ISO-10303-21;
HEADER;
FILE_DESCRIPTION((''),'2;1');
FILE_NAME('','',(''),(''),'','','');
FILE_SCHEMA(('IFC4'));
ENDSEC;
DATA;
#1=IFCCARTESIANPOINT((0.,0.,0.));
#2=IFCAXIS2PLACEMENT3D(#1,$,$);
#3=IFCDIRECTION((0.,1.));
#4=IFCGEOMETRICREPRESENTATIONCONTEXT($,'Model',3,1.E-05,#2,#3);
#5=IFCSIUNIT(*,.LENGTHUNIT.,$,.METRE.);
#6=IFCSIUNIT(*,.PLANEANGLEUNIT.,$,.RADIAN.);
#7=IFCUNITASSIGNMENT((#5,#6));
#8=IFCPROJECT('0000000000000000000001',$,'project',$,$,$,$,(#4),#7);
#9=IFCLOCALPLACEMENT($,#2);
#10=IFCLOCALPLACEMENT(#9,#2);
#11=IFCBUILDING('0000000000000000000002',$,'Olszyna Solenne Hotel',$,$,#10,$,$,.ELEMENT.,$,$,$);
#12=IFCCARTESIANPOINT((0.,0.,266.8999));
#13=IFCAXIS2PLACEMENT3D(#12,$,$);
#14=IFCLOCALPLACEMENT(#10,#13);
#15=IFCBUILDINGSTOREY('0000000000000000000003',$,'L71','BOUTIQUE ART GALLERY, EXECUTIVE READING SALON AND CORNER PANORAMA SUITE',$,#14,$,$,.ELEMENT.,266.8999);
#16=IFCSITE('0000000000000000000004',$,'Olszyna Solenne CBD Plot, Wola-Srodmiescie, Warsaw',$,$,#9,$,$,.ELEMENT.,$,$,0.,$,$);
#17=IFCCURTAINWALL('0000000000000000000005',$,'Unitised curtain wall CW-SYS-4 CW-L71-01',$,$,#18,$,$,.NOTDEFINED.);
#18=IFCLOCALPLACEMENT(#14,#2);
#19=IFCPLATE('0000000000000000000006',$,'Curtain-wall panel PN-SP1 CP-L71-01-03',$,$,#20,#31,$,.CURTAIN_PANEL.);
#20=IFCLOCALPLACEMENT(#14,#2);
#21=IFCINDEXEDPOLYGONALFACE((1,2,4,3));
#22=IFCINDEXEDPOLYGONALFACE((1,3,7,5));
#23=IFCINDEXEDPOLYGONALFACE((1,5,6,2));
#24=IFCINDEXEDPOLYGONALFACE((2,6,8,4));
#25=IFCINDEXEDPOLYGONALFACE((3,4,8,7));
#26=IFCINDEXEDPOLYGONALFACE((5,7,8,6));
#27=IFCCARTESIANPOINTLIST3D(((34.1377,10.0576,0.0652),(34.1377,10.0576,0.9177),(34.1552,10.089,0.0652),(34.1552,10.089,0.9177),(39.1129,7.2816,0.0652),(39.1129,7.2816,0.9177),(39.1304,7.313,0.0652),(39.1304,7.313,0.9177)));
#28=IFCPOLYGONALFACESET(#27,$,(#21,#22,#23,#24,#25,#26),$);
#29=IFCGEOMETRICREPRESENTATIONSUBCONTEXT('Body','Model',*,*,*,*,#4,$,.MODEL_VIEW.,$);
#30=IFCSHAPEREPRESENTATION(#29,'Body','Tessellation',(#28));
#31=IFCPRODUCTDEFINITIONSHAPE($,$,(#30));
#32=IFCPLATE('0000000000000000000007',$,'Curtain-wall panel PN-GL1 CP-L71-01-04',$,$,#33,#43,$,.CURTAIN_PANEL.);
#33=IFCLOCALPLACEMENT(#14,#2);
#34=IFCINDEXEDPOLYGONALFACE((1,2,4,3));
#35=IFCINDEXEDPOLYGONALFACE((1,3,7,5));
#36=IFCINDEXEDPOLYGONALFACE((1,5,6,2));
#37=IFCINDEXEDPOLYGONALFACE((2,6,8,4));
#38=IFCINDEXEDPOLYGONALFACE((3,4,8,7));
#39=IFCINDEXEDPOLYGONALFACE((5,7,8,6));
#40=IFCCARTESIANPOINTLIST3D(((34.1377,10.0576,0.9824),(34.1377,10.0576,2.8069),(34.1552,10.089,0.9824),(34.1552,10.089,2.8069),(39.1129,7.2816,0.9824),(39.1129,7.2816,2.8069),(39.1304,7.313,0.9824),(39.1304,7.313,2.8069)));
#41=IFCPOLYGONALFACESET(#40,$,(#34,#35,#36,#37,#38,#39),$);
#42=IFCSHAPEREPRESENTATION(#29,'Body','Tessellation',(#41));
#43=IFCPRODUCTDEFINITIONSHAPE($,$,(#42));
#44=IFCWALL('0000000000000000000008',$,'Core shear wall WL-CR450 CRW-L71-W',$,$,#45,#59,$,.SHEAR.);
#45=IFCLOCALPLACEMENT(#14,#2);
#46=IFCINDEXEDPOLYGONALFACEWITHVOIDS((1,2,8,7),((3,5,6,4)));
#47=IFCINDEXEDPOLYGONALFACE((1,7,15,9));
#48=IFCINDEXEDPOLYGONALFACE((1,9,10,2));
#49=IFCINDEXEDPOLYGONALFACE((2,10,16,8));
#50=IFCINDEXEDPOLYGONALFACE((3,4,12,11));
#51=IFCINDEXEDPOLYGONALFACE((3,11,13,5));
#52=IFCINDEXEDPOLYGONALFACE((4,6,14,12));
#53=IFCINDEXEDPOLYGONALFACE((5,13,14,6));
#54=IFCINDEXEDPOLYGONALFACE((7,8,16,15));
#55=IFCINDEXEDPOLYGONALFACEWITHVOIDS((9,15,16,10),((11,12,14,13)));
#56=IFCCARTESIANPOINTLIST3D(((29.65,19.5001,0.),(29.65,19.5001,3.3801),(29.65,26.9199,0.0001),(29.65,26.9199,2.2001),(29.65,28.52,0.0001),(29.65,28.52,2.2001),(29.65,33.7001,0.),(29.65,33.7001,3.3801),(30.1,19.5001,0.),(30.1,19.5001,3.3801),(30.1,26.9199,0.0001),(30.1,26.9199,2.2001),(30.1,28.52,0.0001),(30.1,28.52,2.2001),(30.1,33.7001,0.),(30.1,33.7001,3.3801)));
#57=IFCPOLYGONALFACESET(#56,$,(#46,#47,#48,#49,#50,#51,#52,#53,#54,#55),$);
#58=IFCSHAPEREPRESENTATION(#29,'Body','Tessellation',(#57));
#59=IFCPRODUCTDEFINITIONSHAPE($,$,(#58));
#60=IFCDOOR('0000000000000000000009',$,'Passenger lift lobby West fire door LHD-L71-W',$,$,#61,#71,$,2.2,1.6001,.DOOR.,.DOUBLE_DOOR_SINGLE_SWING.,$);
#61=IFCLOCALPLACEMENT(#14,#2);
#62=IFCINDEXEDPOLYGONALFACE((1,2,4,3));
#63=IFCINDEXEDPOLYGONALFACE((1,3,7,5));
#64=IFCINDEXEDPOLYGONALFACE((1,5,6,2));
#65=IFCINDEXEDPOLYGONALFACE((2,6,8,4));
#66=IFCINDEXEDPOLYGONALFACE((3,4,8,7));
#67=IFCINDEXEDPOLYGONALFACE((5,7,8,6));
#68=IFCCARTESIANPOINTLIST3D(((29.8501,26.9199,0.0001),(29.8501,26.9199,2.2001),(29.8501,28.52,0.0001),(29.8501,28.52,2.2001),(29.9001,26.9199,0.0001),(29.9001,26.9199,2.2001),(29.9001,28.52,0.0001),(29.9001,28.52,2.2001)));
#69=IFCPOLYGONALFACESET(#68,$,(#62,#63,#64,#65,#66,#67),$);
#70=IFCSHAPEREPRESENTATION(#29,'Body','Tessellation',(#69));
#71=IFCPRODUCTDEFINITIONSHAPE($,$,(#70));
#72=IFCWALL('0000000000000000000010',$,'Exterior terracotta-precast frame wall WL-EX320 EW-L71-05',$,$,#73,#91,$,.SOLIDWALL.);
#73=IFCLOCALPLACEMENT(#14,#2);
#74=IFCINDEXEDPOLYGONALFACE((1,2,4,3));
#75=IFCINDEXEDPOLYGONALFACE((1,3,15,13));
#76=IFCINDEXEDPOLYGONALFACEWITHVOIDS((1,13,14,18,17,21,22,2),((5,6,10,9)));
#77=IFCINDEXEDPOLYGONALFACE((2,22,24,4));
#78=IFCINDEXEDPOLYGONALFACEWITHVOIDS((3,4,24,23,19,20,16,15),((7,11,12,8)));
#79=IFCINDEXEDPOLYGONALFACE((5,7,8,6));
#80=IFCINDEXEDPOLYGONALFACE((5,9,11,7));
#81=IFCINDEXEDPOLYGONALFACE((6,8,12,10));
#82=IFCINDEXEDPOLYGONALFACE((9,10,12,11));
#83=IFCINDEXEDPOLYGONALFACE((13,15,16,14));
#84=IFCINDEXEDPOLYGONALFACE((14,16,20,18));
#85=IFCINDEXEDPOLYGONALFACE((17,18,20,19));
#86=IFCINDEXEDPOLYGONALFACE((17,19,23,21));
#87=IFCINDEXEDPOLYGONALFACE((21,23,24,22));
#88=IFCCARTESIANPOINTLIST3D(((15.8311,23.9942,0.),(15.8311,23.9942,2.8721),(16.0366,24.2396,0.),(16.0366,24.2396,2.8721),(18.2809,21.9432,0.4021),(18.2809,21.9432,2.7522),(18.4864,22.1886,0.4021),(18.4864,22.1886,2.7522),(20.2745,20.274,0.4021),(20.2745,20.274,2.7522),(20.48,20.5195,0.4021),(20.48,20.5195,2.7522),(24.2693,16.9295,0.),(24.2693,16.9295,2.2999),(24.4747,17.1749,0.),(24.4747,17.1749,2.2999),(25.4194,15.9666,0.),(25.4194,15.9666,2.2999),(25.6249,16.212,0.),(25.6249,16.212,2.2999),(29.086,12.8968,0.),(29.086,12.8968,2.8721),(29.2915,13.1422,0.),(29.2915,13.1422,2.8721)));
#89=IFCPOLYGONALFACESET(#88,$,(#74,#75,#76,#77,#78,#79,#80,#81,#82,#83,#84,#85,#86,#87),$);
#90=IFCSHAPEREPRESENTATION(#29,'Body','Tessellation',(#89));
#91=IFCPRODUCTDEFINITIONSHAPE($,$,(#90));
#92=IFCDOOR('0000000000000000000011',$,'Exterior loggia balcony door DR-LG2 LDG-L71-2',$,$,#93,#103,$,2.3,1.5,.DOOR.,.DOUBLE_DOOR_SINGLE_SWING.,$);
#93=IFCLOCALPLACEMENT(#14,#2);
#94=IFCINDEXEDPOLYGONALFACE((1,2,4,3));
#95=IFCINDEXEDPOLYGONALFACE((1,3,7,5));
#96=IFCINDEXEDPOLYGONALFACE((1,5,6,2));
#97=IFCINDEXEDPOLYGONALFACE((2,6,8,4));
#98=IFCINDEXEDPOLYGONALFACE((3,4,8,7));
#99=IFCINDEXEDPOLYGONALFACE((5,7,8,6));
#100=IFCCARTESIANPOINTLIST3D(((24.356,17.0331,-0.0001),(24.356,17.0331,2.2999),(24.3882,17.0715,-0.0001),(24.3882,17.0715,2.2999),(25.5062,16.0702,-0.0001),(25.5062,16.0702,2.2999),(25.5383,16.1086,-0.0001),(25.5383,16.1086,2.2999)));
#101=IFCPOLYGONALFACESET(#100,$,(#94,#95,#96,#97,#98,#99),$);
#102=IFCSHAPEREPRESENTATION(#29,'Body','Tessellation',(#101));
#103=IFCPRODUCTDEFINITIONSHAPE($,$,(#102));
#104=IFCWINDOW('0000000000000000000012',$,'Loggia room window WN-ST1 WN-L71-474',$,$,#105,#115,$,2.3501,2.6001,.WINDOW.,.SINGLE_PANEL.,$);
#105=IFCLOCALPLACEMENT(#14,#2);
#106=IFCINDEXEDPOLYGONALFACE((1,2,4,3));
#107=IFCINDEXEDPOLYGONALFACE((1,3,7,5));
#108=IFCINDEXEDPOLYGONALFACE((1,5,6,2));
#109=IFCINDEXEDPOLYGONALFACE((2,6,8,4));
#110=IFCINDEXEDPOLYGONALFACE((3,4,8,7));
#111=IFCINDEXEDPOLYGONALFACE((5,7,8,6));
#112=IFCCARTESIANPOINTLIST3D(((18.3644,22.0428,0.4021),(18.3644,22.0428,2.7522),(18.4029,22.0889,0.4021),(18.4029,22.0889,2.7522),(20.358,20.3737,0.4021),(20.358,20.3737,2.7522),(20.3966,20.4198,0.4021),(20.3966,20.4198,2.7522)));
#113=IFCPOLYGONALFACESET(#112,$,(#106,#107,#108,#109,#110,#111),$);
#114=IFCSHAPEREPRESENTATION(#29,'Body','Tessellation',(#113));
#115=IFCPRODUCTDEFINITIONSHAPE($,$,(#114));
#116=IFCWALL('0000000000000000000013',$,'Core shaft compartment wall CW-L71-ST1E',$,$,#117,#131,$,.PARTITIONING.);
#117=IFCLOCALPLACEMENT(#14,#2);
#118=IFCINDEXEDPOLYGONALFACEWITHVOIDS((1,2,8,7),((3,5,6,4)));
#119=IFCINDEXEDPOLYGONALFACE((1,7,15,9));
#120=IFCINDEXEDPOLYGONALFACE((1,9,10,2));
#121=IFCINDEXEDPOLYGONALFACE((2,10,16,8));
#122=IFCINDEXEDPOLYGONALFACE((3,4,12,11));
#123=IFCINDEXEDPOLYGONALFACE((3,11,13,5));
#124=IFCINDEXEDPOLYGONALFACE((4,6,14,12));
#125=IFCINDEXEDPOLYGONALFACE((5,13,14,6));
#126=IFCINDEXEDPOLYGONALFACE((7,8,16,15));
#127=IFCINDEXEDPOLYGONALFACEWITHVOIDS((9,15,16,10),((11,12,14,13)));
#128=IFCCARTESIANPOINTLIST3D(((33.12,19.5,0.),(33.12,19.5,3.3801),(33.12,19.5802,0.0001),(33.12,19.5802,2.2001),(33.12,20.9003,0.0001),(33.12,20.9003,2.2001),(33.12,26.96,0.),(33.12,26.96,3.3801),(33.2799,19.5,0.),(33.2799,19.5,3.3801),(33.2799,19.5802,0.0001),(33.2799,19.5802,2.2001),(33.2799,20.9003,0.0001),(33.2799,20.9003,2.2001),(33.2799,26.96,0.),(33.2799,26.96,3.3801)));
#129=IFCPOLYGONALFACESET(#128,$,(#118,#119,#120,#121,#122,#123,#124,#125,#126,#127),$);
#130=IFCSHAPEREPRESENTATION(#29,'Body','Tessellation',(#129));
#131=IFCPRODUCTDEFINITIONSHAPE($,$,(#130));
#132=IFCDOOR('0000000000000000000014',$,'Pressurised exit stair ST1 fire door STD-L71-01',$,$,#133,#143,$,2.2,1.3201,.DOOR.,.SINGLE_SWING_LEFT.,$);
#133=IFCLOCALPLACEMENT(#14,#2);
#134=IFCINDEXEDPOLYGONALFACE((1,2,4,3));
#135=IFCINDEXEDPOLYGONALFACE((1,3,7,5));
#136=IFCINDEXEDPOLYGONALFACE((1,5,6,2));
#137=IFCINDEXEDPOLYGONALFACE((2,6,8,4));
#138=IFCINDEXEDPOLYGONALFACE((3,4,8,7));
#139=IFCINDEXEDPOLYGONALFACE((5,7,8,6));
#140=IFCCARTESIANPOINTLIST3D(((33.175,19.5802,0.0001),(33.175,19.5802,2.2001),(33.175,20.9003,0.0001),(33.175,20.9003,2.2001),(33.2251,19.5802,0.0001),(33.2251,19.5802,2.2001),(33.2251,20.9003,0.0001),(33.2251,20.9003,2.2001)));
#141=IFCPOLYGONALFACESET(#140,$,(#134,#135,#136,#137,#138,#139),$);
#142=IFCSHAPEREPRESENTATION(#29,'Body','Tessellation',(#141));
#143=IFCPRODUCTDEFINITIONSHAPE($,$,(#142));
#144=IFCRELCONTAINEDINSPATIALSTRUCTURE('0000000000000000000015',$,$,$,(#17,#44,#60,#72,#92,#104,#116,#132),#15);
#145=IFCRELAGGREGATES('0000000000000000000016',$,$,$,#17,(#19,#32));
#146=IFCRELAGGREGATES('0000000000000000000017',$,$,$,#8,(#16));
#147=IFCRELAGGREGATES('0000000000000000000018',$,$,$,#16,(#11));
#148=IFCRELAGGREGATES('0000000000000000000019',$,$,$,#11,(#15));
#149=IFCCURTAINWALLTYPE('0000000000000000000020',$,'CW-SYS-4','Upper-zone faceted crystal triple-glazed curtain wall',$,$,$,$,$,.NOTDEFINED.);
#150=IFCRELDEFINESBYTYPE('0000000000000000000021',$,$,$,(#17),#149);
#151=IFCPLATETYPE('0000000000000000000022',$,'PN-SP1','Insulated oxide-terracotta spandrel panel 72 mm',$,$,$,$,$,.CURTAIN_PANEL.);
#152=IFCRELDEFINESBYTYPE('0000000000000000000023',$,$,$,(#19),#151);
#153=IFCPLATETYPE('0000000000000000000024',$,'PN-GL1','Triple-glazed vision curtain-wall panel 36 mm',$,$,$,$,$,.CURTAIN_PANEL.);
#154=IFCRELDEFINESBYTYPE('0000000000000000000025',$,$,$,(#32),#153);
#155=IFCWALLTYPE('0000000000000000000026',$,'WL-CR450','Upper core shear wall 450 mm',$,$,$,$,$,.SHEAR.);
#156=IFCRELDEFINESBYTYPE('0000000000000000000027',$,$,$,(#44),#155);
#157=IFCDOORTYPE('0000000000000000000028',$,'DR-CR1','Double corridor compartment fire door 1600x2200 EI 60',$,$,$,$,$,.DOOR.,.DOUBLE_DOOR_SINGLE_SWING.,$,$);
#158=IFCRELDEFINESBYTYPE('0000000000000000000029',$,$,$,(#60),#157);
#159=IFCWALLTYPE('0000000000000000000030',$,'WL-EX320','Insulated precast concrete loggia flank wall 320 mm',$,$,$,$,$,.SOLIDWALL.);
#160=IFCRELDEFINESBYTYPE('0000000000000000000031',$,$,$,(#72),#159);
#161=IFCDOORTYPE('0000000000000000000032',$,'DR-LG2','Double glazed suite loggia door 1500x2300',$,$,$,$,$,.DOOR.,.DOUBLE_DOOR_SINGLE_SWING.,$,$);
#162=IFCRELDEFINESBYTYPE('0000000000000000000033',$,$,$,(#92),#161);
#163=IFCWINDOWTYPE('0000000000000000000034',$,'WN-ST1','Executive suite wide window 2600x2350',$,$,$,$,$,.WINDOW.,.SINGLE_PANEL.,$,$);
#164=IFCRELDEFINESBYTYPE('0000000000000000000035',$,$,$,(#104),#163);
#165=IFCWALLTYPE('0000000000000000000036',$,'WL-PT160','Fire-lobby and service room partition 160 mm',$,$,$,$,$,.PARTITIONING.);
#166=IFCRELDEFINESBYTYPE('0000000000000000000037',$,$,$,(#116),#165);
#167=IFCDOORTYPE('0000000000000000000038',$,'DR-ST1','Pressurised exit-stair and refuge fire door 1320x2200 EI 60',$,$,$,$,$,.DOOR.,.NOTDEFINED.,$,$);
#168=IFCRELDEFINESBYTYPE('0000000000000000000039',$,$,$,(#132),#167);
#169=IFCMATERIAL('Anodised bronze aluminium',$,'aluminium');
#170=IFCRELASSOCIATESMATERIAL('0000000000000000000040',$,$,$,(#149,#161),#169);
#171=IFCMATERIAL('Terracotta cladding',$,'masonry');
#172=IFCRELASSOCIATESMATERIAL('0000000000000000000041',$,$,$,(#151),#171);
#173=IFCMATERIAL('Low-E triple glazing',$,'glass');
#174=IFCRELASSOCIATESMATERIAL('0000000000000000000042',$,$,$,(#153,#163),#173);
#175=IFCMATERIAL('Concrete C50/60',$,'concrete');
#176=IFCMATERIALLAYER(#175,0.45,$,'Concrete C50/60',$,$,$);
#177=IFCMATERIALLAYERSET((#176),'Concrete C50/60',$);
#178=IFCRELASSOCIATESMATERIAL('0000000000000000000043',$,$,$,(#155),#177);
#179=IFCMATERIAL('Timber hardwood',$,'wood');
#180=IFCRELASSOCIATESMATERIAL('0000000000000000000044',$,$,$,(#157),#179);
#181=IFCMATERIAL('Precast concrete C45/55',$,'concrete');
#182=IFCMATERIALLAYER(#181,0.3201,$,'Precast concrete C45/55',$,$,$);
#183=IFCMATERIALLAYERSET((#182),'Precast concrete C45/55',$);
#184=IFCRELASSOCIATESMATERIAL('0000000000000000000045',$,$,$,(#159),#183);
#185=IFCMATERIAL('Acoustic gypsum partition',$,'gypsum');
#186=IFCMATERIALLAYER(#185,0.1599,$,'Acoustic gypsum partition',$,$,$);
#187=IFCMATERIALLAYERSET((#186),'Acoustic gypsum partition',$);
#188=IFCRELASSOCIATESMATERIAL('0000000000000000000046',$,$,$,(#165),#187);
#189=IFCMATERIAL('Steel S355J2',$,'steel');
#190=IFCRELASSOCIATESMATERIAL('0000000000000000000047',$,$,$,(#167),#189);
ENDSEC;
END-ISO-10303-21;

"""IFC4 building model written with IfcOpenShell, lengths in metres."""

from ifc_helpers import new_model, si_unit, direction, frame, frame_2d, origin, origin_2d, place, context, subcontext, project, spatial, rectangle, extrude, source, transform, mapped, material, layer, layer_set, type_object, type_shapes, element, fill, aggregate, save


model = new_model("IFC4")

# Units and contexts
model_context = context("Model", 3, precision=1e-05, world=origin(), true_north=direction((0.0, 1.0)))
body_context = subcontext(model_context, "Body", "Model", "MODEL_VIEW")
ifc_project = project(units=[si_unit("LENGTHUNIT", "METRE"), si_unit("PLANEANGLEUNIT", "RADIAN")], contexts=[model_context])

# Site, building, storey
site_placement = place(None, origin())
site = spatial("IfcSite", under=ifc_project, at=site_placement, Name="Olszyna Solenne CBD Plot, Wola-Srodmiescie, Warsaw", CompositionType="ELEMENT", RefElevation=0.0)
building_placement = place(site_placement, origin())
building = spatial("IfcBuilding", under=site, at=building_placement, Name="Olszyna Solenne Hotel", CompositionType="ELEMENT")
storey_placement = place(building_placement, frame((0.0, 0.0, 266.8999)))
storey = spatial("IfcBuildingStorey", under=building, at=storey_placement, Name="L71", Description="BOUTIQUE ART GALLERY, EXECUTIVE READING SALON AND CORNER PANORAMA SUITE", CompositionType="ELEMENT", Elevation=266.8999)

# Shared definitions
ifc_material_1 = material(Name="Steel S355J2", Category="steel")

# Curtain wall
ifc_material_2 = material(Name="Anodised bronze aluminium", Category="aluminium")
curtain_wall_type = type_object("IfcCurtainWallType", Name="CW-SYS-4", Description="Upper-zone faceted crystal triple-glazed curtain wall", PredefinedType="NOTDEFINED", material=ifc_material_2)
curtain_wall_placement = place(storey_placement, origin())
curtain_wall = element("IfcCurtainWall", 1, at=curtain_wall_placement, inside=storey, type_object=curtain_wall_type, Name="Unitised curtain wall CW-SYS-4 CW-L71-01", PredefinedType="NOTDEFINED")

# Shared definitions
ifc_material_3 = material(Name="Concrete C50/60", Category="concrete")

# Plates
ifc_material_4 = material(Name="Terracotta cladding", Category="masonry")
plate_type_1 = type_object("IfcPlateType", Name="PN-SP1", Description="Insulated oxide-terracotta spandrel panel 72 mm", PredefinedType="CURTAIN_PANEL", material=ifc_material_4)
ifc_material_5 = material(Name="Low-E triple glazing", Category="glass")
plate_type_2 = type_object("IfcPlateType", Name="PN-GL1", Description="Triple-glazed vision curtain-wall panel 36 mm", PredefinedType="CURTAIN_PANEL", material=ifc_material_5)
shared_shape_1 = source(origin(), body_context, "Body", "SweptSolid", [
    extrude(rectangle(XDim=5.6973, YDim=0.0359, at=origin_2d()), origin(), (0.0, 0.0, 1.0), 0.8525),
])
plate_1_placement = place(storey_placement, frame((36.634, 8.6853, 0.0652), z_axis=(0.0, 0.0, 1.0), x_axis=(0.873265, -0.487246, 0.0)))
plate_1 = element("IfcPlate", 2, at=plate_1_placement, type_object=plate_type_1, Name="Curtain-wall panel PN-SP1 CP-L71-01-03", PredefinedType="CURTAIN_PANEL", context=body_context, shape_type="MappedRepresentation", body=[
    mapped(shared_shape_1, transform((0.0, 0.0, 0.0), x_axis=(1.0, 0.0, 0.0), y_axis=(0.0, 1.0, 0.0), z_axis=(0.0, 0.0, 1.0), scale=1.0)),
])
shared_shape_2 = source(origin(), body_context, "Body", "SweptSolid", [
    extrude(rectangle(XDim=5.6973, YDim=0.0359, at=origin_2d()), origin(), (0.0, 0.0, 1.0), 1.8245),
])
plate_2_placement = place(storey_placement, frame((36.634, 8.6853, 0.9824), z_axis=(0.0, 0.0, 1.0), x_axis=(0.873265, -0.487246, 0.0)))
plate_2 = element("IfcPlate", 3, at=plate_2_placement, type_object=plate_type_2, Name="Curtain-wall panel PN-GL1 CP-L71-01-04", PredefinedType="CURTAIN_PANEL", context=body_context, shape_type="MappedRepresentation", body=[
    mapped(shared_shape_2, transform((0.0, 0.0, 0.0), x_axis=(1.0, 0.0, 0.0), y_axis=(0.0, 1.0, 0.0), z_axis=(0.0, 0.0, 1.0), scale=1.0)),
])
aggregate(curtain_wall, [plate_1, plate_2])

# Wall, opening, door
ifc_layer_1 = layer(ifc_material_3, 0.45, Name="Concrete C50/60")
ifc_layer_set_1 = layer_set([ifc_layer_1], Name="Concrete C50/60")
wall_type_1 = type_object("IfcWallType", Name="WL-CR450", Description="Upper core shear wall 450 mm", PredefinedType="SHEAR", material=ifc_layer_set_1)
wall_1_placement = place(storey_placement, frame((29.875, 19.5, 0.0), z_axis=(0.0, 0.0, 1.0), x_axis=(0.0, 1.0, 0.0)))
wall_1 = element("IfcWall", 4, at=wall_1_placement, inside=storey, type_object=wall_type_1, Name="Core shear wall WL-CR450 CRW-L71-W", PredefinedType="SHEAR", context=body_context, shape_type="SweptSolid", body=[
    extrude(rectangle(XDim=14.2, YDim=0.45, at=frame_2d((7.1001, 0.0))), origin(), (0.0, 0.0, 1.0), 3.3801),
])
opening_1_placement = place(wall_1_placement, frame((7.4199, 0.0, 0.0)))
opening_1 = element("IfcOpeningElement", 5, at=opening_1_placement, cuts=wall_1, PredefinedType="OPENING", context=body_context, shape_type="SweptSolid", body=[
    extrude(rectangle(XDim=1.6001, YDim=2.2, at=frame_2d((0.8, 1.1001))), frame((0.0, 0.2349, 0.0), z_axis=(0.0, -1.0, 0.0), x_axis=(1.0, 0.0, 0.0)), (0.0, 0.0, 1.0), 0.47),
])
ifc_material_6 = material(Name="Timber hardwood", Category="wood")
door_type_1 = type_object("IfcDoorType", Name="DR-CR1", Description="Double corridor compartment fire door 1600x2200 EI 60", OperationType="DOUBLE_DOOR_SINGLE_SWING", PredefinedType="DOOR", material=ifc_material_6)
shared_shape_3 = source(origin(), body_context, "Body", "SweptSolid", [
    extrude(rectangle(XDim=1.6001, YDim=2.2, at=frame_2d((0.8, 1.1001))), frame((0.0, 0.0249, 0.0), z_axis=(0.0, -1.0, 0.0), x_axis=(1.0, 0.0, 0.0)), (0.0, 0.0, 1.0), 0.05),
])
type_shapes(door_type_1, [shared_shape_3])
door_1_placement = place(opening_1_placement, origin())
door_1 = element("IfcDoor", 6, at=door_1_placement, inside=storey, type_object=door_type_1, Name="Passenger lift lobby West fire door LHD-L71-W", OperationType="DOUBLE_DOOR_SINGLE_SWING", OverallHeight=2.2, OverallWidth=1.6001, PredefinedType="DOOR", context=body_context, shape_type="MappedRepresentation", body=[
    mapped(shared_shape_3, transform((0.0, 0.0, 0.0), x_axis=(1.0, 0.0, 0.0), y_axis=(0.0, 1.0, 0.0), z_axis=(0.0, 0.0, 1.0), scale=1.0)),
])
fill(opening_1, door_1)

# Wall, openings, door, window
ifc_material_7 = material(Name="Precast concrete C45/55", Category="concrete")
ifc_layer_2 = layer(ifc_material_7, 0.3201, Name="Precast concrete C45/55")
ifc_layer_set_2 = layer_set([ifc_layer_2], Name="Precast concrete C45/55")
wall_type_2 = type_object("IfcWallType", Name="WL-EX320", Description="Insulated precast concrete loggia flank wall 320 mm", PredefinedType="SOLIDWALL", material=ifc_layer_set_2)
wall_2_placement = place(storey_placement, frame((29.1887, 13.0195, 0.0), z_axis=(0.0, 0.0, 1.0), x_axis=(-0.766749, 0.641947, 0.0)))
wall_2 = element("IfcWall", 7, at=wall_2_placement, inside=storey, type_object=wall_type_2, Name="Exterior terracotta-precast frame wall WL-EX320 EW-L71-05", PredefinedType="SOLIDWALL", context=body_context, shape_type="SweptSolid", body=[
    extrude(rectangle(XDim=17.2871, YDim=0.3201, at=frame_2d((8.6436, 0.0))), origin(), (0.0, 0.0, 1.0), 2.8721),
])
opening_2_placement = place(wall_2_placement, frame((4.782, 0.0, 0.0)))
opening_2 = element("IfcOpeningElement", 8, at=opening_2_placement, cuts=wall_2, PredefinedType="OPENING", context=body_context, shape_type="SweptSolid", body=[
    extrude(rectangle(XDim=1.5, YDim=2.3, at=frame_2d((0.75, 1.1499))), frame((0.0, 0.1699, 0.0), z_axis=(0.0, -1.0, 0.0), x_axis=(1.0, 0.0, 0.0)), (0.0, 0.0, 1.0), 0.3401),
])
opening_3_placement = place(wall_2_placement, frame((11.4919, 0.0, 0.4021)))
opening_3 = element("IfcOpeningElement", 9, at=opening_3_placement, cuts=wall_2, PredefinedType="OPENING", context=body_context, shape_type="SweptSolid", body=[
    extrude(rectangle(XDim=2.6001, YDim=2.3501, at=frame_2d((1.3, 1.175))), frame((0.0, 0.1699, 0.0), z_axis=(0.0, -1.0, 0.0), x_axis=(1.0, 0.0, 0.0)), (0.0, 0.0, 1.0), 0.3401),
])
door_type_2 = type_object("IfcDoorType", Name="DR-LG2", Description="Double glazed suite loggia door 1500x2300", OperationType="DOUBLE_DOOR_SINGLE_SWING", PredefinedType="DOOR", material=ifc_material_2)
shared_shape_4 = source(origin(), body_context, "Body", "SweptSolid", [
    extrude(rectangle(XDim=1.5, YDim=2.3, at=frame_2d((0.75, 1.1499))), frame((0.0, 0.0249, 0.0), z_axis=(0.0, -1.0, 0.0), x_axis=(1.0, 0.0, 0.0)), (0.0, 0.0, 1.0), 0.05),
])
type_shapes(door_type_2, [shared_shape_4])
door_2_placement = place(opening_2_placement, origin())
door_2 = element("IfcDoor", 10, at=door_2_placement, inside=storey, type_object=door_type_2, Name="Exterior loggia balcony door DR-LG2 LDG-L71-2", OperationType="DOUBLE_DOOR_SINGLE_SWING", OverallHeight=2.3, OverallWidth=1.5, PredefinedType="DOOR", context=body_context, shape_type="MappedRepresentation", body=[
    mapped(shared_shape_4, transform((0.0, 0.0, 0.0), x_axis=(1.0, 0.0, 0.0), y_axis=(0.0, 1.0, 0.0), z_axis=(0.0, 0.0, 1.0), scale=1.0)),
])
fill(opening_2, door_2)
window_type = type_object("IfcWindowType", Name="WN-ST1", Description="Executive suite wide window 2600x2350", PartitioningType="SINGLE_PANEL", PredefinedType="WINDOW", material=ifc_material_5)
shared_shape_5 = source(origin(), body_context, "Body", "SweptSolid", [
    extrude(rectangle(XDim=2.6001, YDim=2.3501, at=frame_2d((1.3, 1.175))), frame((0.0, 0.03, 0.0), z_axis=(0.0, -1.0, 0.0), x_axis=(1.0, 0.0, 0.0)), (0.0, 0.0, 1.0), 0.0601),
])
type_shapes(window_type, [shared_shape_5])
window_placement = place(opening_3_placement, origin())
window = element("IfcWindow", 11, at=window_placement, inside=storey, type_object=window_type, Name="Loggia room window WN-ST1 WN-L71-474", OverallHeight=2.3501, OverallWidth=2.6001, PartitioningType="SINGLE_PANEL", PredefinedType="WINDOW", context=body_context, shape_type="MappedRepresentation", body=[
    mapped(shared_shape_5, transform((0.0, 0.0, 0.0), x_axis=(1.0, 0.0, 0.0), y_axis=(0.0, 1.0, 0.0), z_axis=(0.0, 0.0, 1.0), scale=1.0)),
])
fill(opening_3, window)

# Wall, opening, door
ifc_material_8 = material(Name="Acoustic gypsum partition", Category="gypsum")
ifc_layer_3 = layer(ifc_material_8, 0.1599, Name="Acoustic gypsum partition")
ifc_layer_set_3 = layer_set([ifc_layer_3], Name="Acoustic gypsum partition")
wall_type_3 = type_object("IfcWallType", Name="WL-PT160", Description="Fire-lobby and service room partition 160 mm", PredefinedType="PARTITIONING", material=ifc_layer_set_3)
wall_3_placement = place(storey_placement, frame((33.2, 19.5, 0.0), z_axis=(0.0, 0.0, 1.0), x_axis=(0.0, 1.0, 0.0)))
wall_3 = element("IfcWall", 12, at=wall_3_placement, inside=storey, type_object=wall_type_3, Name="Core shaft compartment wall CW-L71-ST1E", PredefinedType="PARTITIONING", context=body_context, shape_type="SweptSolid", body=[
    extrude(rectangle(XDim=7.46, YDim=0.1599, at=frame_2d((3.73, 0.0))), origin(), (0.0, 0.0, 1.0), 3.3801),
])
opening_4_placement = place(wall_3_placement, frame((0.0801, 0.0, 0.0)))
opening_4 = element("IfcOpeningElement", 13, at=opening_4_placement, cuts=wall_3, PredefinedType="OPENING", context=body_context, shape_type="SweptSolid", body=[
    extrude(rectangle(XDim=1.3201, YDim=2.2, at=frame_2d((0.6602, 1.1001))), frame((0.0, 0.0898, 0.0), z_axis=(0.0, -1.0, 0.0), x_axis=(1.0, 0.0, 0.0)), (0.0, 0.0, 1.0), 0.1799),
])
door_type_3 = type_object("IfcDoorType", Name="DR-ST1", Description="Pressurised exit-stair and refuge fire door 1320x2200 EI 60", OperationType="NOTDEFINED", PredefinedType="DOOR", material=ifc_material_1)
shared_shape_6 = source(origin(), body_context, "Body", "SweptSolid", [
    extrude(rectangle(XDim=1.3201, YDim=2.2, at=frame_2d((0.6602, 1.1001))), frame((0.0, 0.0249, 0.0), z_axis=(0.0, -1.0, 0.0), x_axis=(1.0, 0.0, 0.0)), (0.0, 0.0, 1.0), 0.05),
])
type_shapes(door_type_3, [shared_shape_6])
door_3_placement = place(opening_4_placement, origin())
door_3 = element("IfcDoor", 14, at=door_3_placement, inside=storey, type_object=door_type_3, Name="Pressurised exit stair ST1 fire door STD-L71-01", OperationType="SINGLE_SWING_LEFT", OverallHeight=2.2, OverallWidth=1.3201, PredefinedType="DOOR", context=body_context, shape_type="MappedRepresentation", body=[
    mapped(shared_shape_6, transform((0.0, 0.0, 0.0), x_axis=(1.0, 0.0, 0.0), y_axis=(0.0, 1.0, 0.0), z_axis=(0.0, 0.0, 1.0), scale=1.0)),
])
fill(opening_4, door_3)

save(model, "model.ifc")
